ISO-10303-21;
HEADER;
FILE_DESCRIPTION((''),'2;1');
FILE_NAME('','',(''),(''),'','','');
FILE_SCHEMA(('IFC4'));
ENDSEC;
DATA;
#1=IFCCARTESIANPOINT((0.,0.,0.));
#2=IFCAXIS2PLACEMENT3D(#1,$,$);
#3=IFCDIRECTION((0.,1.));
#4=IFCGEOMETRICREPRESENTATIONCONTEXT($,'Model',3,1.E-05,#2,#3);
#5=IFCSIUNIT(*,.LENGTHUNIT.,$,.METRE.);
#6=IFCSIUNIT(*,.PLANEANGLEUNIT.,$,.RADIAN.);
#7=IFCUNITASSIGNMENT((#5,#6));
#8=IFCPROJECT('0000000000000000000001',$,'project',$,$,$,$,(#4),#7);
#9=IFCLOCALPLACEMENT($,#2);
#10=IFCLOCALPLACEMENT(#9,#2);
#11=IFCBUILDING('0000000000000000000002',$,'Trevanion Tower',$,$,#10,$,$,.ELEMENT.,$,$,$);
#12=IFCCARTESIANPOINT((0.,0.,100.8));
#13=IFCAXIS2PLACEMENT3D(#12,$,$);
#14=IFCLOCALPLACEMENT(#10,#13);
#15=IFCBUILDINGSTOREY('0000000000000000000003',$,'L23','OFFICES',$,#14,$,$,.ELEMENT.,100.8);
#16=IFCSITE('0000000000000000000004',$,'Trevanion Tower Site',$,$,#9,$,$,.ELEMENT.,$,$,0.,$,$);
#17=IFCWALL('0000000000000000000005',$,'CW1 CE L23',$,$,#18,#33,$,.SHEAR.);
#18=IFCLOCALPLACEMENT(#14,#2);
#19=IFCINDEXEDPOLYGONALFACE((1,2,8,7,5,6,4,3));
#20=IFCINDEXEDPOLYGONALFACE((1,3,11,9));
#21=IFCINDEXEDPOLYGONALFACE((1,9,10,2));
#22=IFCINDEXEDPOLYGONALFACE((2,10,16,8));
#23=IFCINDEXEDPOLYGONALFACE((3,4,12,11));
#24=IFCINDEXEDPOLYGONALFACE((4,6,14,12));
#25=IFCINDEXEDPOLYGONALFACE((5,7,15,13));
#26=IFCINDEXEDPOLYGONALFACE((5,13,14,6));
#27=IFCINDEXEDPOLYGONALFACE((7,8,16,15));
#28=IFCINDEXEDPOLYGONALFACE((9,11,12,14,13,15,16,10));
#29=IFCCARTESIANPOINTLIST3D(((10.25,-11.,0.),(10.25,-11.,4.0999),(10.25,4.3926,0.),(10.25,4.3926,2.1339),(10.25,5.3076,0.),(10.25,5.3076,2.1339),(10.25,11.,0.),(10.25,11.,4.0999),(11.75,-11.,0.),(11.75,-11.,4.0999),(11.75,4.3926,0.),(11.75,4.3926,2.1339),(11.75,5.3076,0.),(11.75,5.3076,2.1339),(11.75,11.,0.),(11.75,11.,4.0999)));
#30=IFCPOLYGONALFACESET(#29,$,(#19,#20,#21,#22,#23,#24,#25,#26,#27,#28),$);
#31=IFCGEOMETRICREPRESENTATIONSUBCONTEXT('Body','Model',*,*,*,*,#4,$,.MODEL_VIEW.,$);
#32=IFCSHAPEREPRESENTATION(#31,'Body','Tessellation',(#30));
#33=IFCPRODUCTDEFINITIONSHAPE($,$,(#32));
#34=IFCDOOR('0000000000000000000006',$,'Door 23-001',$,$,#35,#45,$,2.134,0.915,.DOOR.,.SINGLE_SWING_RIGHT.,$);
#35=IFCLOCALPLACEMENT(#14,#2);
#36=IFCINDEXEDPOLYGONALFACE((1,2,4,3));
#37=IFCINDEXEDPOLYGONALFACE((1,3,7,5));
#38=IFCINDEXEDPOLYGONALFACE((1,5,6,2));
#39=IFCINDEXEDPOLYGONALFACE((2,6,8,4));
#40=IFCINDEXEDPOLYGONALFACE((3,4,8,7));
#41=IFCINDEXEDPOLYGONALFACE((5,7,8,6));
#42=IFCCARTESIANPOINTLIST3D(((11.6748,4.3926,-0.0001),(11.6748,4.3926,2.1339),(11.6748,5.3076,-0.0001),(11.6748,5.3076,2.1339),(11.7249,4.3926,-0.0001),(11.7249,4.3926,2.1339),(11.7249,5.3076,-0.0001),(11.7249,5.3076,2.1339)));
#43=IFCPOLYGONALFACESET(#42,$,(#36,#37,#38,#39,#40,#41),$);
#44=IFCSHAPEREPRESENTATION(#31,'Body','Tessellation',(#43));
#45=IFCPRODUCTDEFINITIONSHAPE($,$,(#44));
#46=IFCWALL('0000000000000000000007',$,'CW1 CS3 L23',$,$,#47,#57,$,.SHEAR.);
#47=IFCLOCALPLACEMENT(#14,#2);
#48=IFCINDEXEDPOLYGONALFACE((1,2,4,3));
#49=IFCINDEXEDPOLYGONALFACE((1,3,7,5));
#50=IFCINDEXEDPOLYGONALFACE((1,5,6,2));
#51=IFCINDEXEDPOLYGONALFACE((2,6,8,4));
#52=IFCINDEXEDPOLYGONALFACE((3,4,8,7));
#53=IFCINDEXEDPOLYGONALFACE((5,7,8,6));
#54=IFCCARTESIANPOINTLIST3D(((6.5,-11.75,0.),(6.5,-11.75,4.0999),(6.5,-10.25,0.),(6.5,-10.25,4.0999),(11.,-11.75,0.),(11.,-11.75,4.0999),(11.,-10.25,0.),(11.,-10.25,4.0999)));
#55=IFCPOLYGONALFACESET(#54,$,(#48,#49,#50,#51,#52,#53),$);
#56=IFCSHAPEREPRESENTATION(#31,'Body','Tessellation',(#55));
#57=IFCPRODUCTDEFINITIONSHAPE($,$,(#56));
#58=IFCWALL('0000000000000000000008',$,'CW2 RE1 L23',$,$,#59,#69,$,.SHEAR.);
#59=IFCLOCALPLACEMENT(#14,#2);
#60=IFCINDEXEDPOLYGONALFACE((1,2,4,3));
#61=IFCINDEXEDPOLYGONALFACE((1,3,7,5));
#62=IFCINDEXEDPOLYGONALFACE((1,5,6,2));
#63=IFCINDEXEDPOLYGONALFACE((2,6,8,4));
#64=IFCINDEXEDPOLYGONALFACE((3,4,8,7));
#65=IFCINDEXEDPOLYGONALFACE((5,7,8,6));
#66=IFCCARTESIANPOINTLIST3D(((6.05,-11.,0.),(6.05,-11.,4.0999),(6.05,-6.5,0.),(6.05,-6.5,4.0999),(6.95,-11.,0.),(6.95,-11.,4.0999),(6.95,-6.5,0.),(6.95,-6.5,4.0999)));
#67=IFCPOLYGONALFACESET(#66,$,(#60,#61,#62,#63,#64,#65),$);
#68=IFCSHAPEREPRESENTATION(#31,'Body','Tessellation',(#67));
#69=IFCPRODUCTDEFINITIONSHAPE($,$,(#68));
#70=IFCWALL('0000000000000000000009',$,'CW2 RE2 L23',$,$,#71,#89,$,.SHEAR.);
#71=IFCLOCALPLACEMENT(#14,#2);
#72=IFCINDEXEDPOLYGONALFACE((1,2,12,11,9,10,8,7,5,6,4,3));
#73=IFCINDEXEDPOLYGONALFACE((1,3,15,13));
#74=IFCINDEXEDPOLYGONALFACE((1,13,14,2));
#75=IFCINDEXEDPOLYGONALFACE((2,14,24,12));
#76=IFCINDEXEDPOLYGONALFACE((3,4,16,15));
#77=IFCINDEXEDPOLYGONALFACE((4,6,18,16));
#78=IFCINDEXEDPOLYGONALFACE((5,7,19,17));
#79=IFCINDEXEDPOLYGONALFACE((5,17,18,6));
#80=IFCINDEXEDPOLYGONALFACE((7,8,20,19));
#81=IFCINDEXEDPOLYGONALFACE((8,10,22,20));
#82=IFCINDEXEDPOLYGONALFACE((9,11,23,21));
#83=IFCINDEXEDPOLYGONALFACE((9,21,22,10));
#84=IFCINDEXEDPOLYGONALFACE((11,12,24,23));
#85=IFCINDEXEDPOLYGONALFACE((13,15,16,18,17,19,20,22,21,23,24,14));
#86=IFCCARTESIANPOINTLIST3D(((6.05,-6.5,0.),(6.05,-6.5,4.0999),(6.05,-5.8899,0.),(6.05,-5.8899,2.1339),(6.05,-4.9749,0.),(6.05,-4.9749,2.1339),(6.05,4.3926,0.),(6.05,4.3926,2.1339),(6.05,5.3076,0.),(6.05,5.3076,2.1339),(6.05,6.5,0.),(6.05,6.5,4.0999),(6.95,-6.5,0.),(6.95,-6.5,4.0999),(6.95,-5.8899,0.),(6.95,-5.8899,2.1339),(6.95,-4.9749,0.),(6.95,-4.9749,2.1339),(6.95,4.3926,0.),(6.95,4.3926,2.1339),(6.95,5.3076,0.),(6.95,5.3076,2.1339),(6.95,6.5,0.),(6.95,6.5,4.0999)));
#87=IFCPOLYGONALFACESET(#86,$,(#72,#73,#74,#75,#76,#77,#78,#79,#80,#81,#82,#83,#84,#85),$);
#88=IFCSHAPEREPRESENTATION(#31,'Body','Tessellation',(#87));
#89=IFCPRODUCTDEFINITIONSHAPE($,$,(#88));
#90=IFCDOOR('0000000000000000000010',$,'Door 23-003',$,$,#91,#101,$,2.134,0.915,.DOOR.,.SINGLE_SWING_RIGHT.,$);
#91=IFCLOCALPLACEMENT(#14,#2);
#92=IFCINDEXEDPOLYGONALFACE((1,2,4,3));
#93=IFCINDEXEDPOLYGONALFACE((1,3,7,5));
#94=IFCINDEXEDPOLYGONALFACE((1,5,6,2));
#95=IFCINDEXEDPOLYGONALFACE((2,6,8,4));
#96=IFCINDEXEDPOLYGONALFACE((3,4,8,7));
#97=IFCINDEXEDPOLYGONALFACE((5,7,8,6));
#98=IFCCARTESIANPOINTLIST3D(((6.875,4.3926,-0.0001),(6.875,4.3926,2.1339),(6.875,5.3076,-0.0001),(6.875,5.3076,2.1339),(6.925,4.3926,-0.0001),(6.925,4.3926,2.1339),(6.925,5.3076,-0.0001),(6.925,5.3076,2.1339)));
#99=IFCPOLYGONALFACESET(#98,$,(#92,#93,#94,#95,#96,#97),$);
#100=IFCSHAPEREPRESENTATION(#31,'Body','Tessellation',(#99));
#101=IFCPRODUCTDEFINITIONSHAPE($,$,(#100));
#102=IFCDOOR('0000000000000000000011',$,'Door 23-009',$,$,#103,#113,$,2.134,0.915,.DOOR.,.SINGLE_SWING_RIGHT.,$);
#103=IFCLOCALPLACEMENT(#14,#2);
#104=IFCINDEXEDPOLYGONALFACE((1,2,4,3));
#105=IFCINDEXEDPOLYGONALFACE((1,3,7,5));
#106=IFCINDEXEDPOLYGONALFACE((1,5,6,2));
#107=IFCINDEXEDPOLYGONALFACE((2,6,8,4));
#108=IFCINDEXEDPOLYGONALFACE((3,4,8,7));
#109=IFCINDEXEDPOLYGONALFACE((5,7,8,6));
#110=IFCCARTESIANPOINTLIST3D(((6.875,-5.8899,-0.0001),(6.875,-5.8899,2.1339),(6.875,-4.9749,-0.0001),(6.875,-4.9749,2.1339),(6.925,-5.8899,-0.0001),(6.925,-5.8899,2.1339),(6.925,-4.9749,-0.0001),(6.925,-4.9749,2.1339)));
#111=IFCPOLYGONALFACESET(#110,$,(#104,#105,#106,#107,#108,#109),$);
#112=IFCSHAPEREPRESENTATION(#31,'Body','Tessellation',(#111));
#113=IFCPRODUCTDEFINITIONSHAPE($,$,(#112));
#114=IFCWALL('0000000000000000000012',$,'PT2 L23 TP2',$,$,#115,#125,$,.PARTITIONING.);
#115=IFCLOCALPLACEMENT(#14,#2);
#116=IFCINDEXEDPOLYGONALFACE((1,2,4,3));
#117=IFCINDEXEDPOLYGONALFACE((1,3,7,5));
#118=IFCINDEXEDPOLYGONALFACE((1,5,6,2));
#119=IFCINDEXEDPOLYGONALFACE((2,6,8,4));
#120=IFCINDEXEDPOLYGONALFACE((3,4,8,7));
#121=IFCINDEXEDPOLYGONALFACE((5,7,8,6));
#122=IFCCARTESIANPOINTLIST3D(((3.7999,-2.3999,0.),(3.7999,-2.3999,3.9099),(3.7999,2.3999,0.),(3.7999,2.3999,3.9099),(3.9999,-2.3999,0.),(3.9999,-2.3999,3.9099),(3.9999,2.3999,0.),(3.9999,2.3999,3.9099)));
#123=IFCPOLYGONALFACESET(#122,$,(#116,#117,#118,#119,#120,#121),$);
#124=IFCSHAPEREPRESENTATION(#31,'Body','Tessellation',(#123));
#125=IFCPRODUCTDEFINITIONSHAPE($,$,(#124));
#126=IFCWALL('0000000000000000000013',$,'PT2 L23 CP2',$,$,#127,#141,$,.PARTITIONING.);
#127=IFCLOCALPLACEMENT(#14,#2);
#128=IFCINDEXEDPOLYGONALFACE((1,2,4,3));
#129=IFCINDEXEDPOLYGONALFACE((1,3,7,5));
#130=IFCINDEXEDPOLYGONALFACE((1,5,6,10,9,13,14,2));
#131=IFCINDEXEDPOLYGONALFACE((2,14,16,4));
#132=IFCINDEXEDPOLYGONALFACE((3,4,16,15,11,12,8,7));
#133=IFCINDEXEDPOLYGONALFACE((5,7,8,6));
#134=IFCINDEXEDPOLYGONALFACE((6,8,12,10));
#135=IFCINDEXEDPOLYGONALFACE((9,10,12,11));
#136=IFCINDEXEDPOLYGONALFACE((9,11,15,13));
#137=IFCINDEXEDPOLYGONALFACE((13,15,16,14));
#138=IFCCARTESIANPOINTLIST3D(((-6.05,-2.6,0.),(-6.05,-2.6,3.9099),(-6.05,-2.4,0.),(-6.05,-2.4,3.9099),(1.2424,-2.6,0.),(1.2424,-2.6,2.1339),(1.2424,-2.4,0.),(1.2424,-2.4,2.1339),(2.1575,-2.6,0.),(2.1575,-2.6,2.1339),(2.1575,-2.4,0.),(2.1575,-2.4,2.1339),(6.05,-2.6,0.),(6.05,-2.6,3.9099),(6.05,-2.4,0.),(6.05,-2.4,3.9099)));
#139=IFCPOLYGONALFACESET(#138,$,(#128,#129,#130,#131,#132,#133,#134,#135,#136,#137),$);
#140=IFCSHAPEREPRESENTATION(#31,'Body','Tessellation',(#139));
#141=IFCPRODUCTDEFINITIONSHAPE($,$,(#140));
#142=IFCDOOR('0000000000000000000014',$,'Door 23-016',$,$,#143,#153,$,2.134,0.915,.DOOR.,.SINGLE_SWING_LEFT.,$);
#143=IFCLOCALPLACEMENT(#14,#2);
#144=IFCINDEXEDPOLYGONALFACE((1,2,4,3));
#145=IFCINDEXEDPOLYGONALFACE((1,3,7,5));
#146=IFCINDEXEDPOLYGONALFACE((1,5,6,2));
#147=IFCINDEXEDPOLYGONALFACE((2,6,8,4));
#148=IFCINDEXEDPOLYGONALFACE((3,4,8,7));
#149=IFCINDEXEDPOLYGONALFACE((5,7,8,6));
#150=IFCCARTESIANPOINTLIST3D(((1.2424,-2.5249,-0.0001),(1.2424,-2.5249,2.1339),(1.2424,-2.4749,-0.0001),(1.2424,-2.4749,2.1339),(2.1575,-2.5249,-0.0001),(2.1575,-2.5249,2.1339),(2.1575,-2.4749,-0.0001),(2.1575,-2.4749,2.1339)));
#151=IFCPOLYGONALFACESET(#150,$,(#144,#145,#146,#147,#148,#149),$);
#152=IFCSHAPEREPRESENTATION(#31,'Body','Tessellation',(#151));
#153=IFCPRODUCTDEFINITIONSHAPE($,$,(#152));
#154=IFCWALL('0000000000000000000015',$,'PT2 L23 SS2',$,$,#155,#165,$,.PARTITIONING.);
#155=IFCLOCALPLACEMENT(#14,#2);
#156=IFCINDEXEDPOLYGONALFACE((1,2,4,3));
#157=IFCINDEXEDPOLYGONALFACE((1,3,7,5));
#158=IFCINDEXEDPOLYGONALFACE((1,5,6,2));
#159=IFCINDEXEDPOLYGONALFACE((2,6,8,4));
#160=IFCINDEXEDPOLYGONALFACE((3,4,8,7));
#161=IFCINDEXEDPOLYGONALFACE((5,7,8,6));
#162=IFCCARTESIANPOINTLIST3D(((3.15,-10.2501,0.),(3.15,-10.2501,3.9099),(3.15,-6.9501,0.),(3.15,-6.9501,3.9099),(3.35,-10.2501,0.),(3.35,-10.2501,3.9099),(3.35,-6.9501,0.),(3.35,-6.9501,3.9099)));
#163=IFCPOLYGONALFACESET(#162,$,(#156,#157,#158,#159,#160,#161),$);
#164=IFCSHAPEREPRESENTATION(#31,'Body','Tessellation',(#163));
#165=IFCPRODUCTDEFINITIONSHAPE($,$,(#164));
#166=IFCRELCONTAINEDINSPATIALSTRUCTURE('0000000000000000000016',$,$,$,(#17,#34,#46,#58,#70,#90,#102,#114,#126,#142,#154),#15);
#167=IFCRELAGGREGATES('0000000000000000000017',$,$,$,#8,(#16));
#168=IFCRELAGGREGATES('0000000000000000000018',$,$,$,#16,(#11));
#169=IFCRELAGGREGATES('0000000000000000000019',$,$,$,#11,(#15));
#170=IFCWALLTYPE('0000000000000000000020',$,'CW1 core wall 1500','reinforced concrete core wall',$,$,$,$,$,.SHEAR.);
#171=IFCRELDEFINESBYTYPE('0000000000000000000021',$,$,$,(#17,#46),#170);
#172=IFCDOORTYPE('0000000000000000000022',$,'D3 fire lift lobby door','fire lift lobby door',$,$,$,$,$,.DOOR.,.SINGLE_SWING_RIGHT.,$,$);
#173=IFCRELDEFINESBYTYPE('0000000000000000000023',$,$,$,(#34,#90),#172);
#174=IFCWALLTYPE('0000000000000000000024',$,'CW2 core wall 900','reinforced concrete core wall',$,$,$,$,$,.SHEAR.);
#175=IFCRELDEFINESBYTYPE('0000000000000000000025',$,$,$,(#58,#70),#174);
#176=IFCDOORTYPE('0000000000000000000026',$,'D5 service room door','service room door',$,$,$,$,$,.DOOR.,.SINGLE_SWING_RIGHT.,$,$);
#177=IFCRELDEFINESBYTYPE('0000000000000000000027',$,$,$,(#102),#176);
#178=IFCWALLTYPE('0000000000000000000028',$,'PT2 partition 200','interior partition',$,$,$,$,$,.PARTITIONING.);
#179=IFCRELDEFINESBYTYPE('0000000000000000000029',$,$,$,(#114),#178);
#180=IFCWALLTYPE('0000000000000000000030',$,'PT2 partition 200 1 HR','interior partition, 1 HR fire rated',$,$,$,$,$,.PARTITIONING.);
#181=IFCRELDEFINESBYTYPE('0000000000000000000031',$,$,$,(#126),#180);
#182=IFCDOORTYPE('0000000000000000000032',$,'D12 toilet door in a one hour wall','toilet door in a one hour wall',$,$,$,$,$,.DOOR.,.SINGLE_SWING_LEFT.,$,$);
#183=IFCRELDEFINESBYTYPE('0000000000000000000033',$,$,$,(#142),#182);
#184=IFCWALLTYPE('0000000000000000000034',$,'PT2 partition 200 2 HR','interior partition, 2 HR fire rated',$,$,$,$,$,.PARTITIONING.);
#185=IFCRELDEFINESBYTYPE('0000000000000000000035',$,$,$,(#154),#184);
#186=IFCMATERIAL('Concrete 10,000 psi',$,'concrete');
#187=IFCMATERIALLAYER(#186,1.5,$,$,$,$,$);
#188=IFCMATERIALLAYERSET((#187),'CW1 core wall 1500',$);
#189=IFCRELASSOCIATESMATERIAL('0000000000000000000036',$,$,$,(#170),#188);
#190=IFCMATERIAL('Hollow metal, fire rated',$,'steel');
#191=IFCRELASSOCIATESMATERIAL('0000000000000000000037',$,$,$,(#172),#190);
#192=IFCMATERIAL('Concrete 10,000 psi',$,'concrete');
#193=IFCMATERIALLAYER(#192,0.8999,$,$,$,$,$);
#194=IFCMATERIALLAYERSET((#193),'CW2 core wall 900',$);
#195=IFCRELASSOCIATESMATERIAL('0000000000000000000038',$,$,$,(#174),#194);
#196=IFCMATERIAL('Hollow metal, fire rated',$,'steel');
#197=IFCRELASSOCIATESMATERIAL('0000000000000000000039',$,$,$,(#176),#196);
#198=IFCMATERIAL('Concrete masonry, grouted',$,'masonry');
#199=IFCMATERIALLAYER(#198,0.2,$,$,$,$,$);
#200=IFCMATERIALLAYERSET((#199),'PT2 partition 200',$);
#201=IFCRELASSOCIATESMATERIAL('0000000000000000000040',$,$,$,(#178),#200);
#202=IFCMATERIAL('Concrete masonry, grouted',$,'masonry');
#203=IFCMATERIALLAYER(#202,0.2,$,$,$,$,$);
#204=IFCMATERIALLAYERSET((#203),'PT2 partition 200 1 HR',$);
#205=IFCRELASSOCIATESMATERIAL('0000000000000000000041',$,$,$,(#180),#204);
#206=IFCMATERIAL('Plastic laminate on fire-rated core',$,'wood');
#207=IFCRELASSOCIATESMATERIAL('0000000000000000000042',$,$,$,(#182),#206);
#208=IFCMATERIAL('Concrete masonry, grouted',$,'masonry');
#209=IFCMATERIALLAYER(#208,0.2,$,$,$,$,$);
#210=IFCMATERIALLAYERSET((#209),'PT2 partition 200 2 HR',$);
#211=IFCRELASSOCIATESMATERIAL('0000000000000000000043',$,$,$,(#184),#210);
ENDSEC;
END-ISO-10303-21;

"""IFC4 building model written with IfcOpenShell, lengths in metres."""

from ifc_helpers import new_model, si_unit, direction, frame, frame_2d, origin, place, context, subcontext, project, spatial, rectangle, extrude, material, layer, layer_set, type_object, element, fill, save


model = new_model("IFC4")

# Units and contexts
model_context = context("Model", 3, precision=1e-05, world=origin(), true_north=direction((0.0, 1.0)))
body_context = subcontext(model_context, "Body", "Model", "MODEL_VIEW")
ifc_project = project(units=[si_unit("LENGTHUNIT", "METRE"), si_unit("PLANEANGLEUNIT", "RADIAN")], contexts=[model_context])

# Site, building, storey
site_placement = place(None, origin())
site = spatial("IfcSite", under=ifc_project, at=site_placement, Name="Trevanion Tower Site", CompositionType="ELEMENT", RefElevation=0.0)
building_placement = place(site_placement, origin())
building = spatial("IfcBuilding", under=site, at=building_placement, Name="Trevanion Tower", CompositionType="ELEMENT")
storey_placement = place(building_placement, frame((0.0, 0.0, 100.8)))
storey = spatial("IfcBuildingStorey", under=building, at=storey_placement, Name="L23", Description="OFFICES", CompositionType="ELEMENT", Elevation=100.8)

# Wall, opening, door
ifc_material_1 = material(Name="Concrete 10,000 psi", Category="concrete")
ifc_layer_1 = layer(ifc_material_1, 1.5)
ifc_layer_set_1 = layer_set([ifc_layer_1], Name="CW1 core wall 1500")
wall_type_1 = type_object("IfcWallType", Name="CW1 core wall 1500", Description="reinforced concrete core wall", PredefinedType="SHEAR", material=ifc_layer_set_1)
wall_1_placement = place(storey_placement, frame((11.0, -11.0, 0.0), z_axis=(0.0, 0.0, 1.0), x_axis=(0.0, 1.0, 0.0)))
wall_1 = element("IfcWall", 1, at=wall_1_placement, inside=storey, type_object=wall_type_1, Name="CW1 CE L23", PredefinedType="SHEAR", context=body_context, shape_type="SweptSolid", body=[
    extrude(rectangle(XDim=22.0, YDim=1.5, at=frame_2d((11.0, 0.0))), origin(), (0.0, 0.0, 1.0), 4.0999),
])
opening_1_placement = place(wall_1_placement, frame((15.3926, 0.0, 0.0)))
opening_1 = element("IfcOpeningElement", 2, at=opening_1_placement, cuts=wall_1, PredefinedType="OPENING", context=body_context, shape_type="SweptSolid", body=[
    extrude(rectangle(XDim=0.915, YDim=2.134, at=frame_2d((0.4575, 1.0669))), frame((0.0, 0.76, 0.0), z_axis=(0.0, -1.0, 0.0), x_axis=(1.0, 0.0, 0.0)), (0.0, 0.0, 1.0), 1.52),
])
ifc_material_2 = material(Name="Hollow metal, fire rated", Category="steel")
door_type_1 = type_object("IfcDoorType", Name="D3 fire lift lobby door", Description="fire lift lobby door", OperationType="SINGLE_SWING_RIGHT", PredefinedType="DOOR", material=ifc_material_2)
door_1_placement = place(opening_1_placement, origin())
door_1 = element("IfcDoor", 3, at=door_1_placement, inside=storey, type_object=door_type_1, Name="Door 23-001", OperationType="SINGLE_SWING_RIGHT", OverallHeight=2.134, OverallWidth=0.915, PredefinedType="DOOR", context=body_context, shape_type="SweptSolid", body=[
    extrude(rectangle(XDim=0.915, YDim=2.134, at=frame_2d((0.4575, 1.0669))), frame((0.0, -0.6748, 0.0), z_axis=(0.0, -1.0, 0.0), x_axis=(1.0, 0.0, 0.0)), (0.0, 0.0, 1.0), 0.05),
])
fill(opening_1, door_1)

# Walls
wall_2_placement = place(storey_placement, frame((6.5, -11.0, 0.0), z_axis=(0.0, 0.0, 1.0), x_axis=(1.0, 0.0, 0.0)))
element("IfcWall", 4, at=wall_2_placement, inside=storey, type_object=wall_type_1, Name="CW1 CS3 L23", PredefinedType="SHEAR", context=body_context, shape_type="SweptSolid", body=[
    extrude(rectangle(XDim=4.5, YDim=1.5, at=frame_2d((2.25, 0.0))), origin(), (0.0, 0.0, 1.0), 4.0999),
])
ifc_material_3 = material(Name="Concrete 10,000 psi", Category="concrete")
ifc_layer_2 = layer(ifc_material_3, 0.8999)
ifc_layer_set_2 = layer_set([ifc_layer_2], Name="CW2 core wall 900")
wall_type_2 = type_object("IfcWallType", Name="CW2 core wall 900", Description="reinforced concrete core wall", PredefinedType="SHEAR", material=ifc_layer_set_2)
wall_3_placement = place(storey_placement, frame((6.5, -11.0, 0.0), z_axis=(0.0, 0.0, 1.0), x_axis=(0.0, 1.0, 0.0)))
element("IfcWall", 5, at=wall_3_placement, inside=storey, type_object=wall_type_2, Name="CW2 RE1 L23", PredefinedType="SHEAR", context=body_context, shape_type="SweptSolid", body=[
    extrude(rectangle(XDim=4.5, YDim=0.8999, at=frame_2d((2.25, 0.0))), origin(), (0.0, 0.0, 1.0), 4.0999),
])

# Wall, openings, doors
wall_4_placement = place(storey_placement, frame((6.5, -6.5, 0.0), z_axis=(0.0, 0.0, 1.0), x_axis=(0.0, 1.0, 0.0)))
wall_4 = element("IfcWall", 6, at=wall_4_placement, inside=storey, type_object=wall_type_2, Name="CW2 RE2 L23", PredefinedType="SHEAR", context=body_context, shape_type="SweptSolid", body=[
    extrude(rectangle(XDim=13.0, YDim=0.8999, at=frame_2d((6.5, 0.0))), origin(), (0.0, 0.0, 1.0), 4.0999),
])
opening_2_placement = place(wall_4_placement, frame((10.8926, 0.0, 0.0)))
opening_2 = element("IfcOpeningElement", 7, at=opening_2_placement, cuts=wall_4, PredefinedType="OPENING", context=body_context, shape_type="SweptSolid", body=[
    extrude(rectangle(XDim=0.915, YDim=2.134, at=frame_2d((0.4575, 1.0669))), frame((0.0, 0.46, 0.0), z_axis=(0.0, -1.0, 0.0), x_axis=(1.0, 0.0, 0.0)), (0.0, 0.0, 1.0), 0.9199),
])
opening_3_placement = place(wall_4_placement, frame((0.6101, 0.0, 0.0)))
opening_3 = element("IfcOpeningElement", 8, at=opening_3_placement, cuts=wall_4, PredefinedType="OPENING", context=body_context, shape_type="SweptSolid", body=[
    extrude(rectangle(XDim=0.915, YDim=2.134, at=frame_2d((0.4575, 1.0669))), frame((0.0, 0.46, 0.0), z_axis=(0.0, -1.0, 0.0), x_axis=(1.0, 0.0, 0.0)), (0.0, 0.0, 1.0), 0.9199),
])
door_2_placement = place(opening_2_placement, origin())
door_2 = element("IfcDoor", 9, at=door_2_placement, inside=storey, type_object=door_type_1, Name="Door 23-003", OperationType="SINGLE_SWING_RIGHT", OverallHeight=2.134, OverallWidth=0.915, PredefinedType="DOOR", context=body_context, shape_type="SweptSolid", body=[
    extrude(rectangle(XDim=0.915, YDim=2.134, at=frame_2d((0.4575, 1.0669))), frame((0.0, -0.375, 0.0), z_axis=(0.0, -1.0, 0.0), x_axis=(1.0, 0.0, 0.0)), (0.0, 0.0, 1.0), 0.05),
])
fill(opening_2, door_2)
ifc_material_4 = material(Name="Hollow metal, fire rated", Category="steel")
door_type_2 = type_object("IfcDoorType", Name="D5 service room door", Description="service room door", OperationType="SINGLE_SWING_RIGHT", PredefinedType="DOOR", material=ifc_material_4)
door_3_placement = place(opening_3_placement, origin())
door_3 = element("IfcDoor", 10, at=door_3_placement, inside=storey, type_object=door_type_2, Name="Door 23-009", OperationType="SINGLE_SWING_RIGHT", OverallHeight=2.134, OverallWidth=0.915, PredefinedType="DOOR", context=body_context, shape_type="SweptSolid", body=[
    extrude(rectangle(XDim=0.915, YDim=2.134, at=frame_2d((0.4575, 1.0669))), frame((0.0, -0.375, 0.0), z_axis=(0.0, -1.0, 0.0), x_axis=(1.0, 0.0, 0.0)), (0.0, 0.0, 1.0), 0.05),
])
fill(opening_3, door_3)

# Wall
ifc_material_5 = material(Name="Concrete masonry, grouted", Category="masonry")
ifc_layer_3 = layer(ifc_material_5, 0.2)
ifc_layer_set_3 = layer_set([ifc_layer_3], Name="PT2 partition 200")
wall_type_3 = type_object("IfcWallType", Name="PT2 partition 200", Description="interior partition", PredefinedType="PARTITIONING", material=ifc_layer_set_3)
wall_5_placement = place(storey_placement, frame((3.8999, -2.3999, 0.0), z_axis=(0.0, 0.0, 1.0), x_axis=(0.0, 1.0, 0.0)))
element("IfcWall", 11, at=wall_5_placement, inside=storey, type_object=wall_type_3, Name="PT2 L23 TP2", PredefinedType="PARTITIONING", context=body_context, shape_type="SweptSolid", body=[
    extrude(rectangle(XDim=4.7998, YDim=0.2, at=frame_2d((2.3999, 0.0))), origin(), (0.0, 0.0, 1.0), 3.9099),
])

# Wall, opening, door
ifc_material_6 = material(Name="Concrete masonry, grouted", Category="masonry")
ifc_layer_4 = layer(ifc_material_6, 0.2)
ifc_layer_set_4 = layer_set([ifc_layer_4], Name="PT2 partition 200 1 HR")
wall_type_4 = type_object("IfcWallType", Name="PT2 partition 200 1 HR", Description="interior partition, 1 HR fire rated", PredefinedType="PARTITIONING", material=ifc_layer_set_4)
wall_6_placement = place(storey_placement, frame((6.05, -2.5, 0.0), z_axis=(0.0, 0.0, 1.0), x_axis=(-1.0, 0.0, 0.0)))
wall_6 = element("IfcWall", 12, at=wall_6_placement, inside=storey, type_object=wall_type_4, Name="PT2 L23 CP2", PredefinedType="PARTITIONING", context=body_context, shape_type="SweptSolid", body=[
    extrude(rectangle(XDim=12.1001, YDim=0.2, at=frame_2d((6.05, 0.0))), origin(), (0.0, 0.0, 1.0), 3.9099),
])
opening_4_placement = place(wall_6_placement, frame((3.8926, 0.0, 0.0)))
opening_4 = element("IfcOpeningElement", 13, at=opening_4_placement, cuts=wall_6, PredefinedType="OPENING", context=body_context, shape_type="SweptSolid", body=[
    extrude(rectangle(XDim=0.915, YDim=2.134, at=frame_2d((0.4575, 1.0669))), frame((0.0, 0.1099, 0.0), z_axis=(0.0, -1.0, 0.0), x_axis=(1.0, 0.0, 0.0)), (0.0, 0.0, 1.0), 0.22),
])
ifc_material_7 = material(Name="Plastic laminate on fire-rated core", Category="wood")
door_type_3 = type_object("IfcDoorType", Name="D12 toilet door in a one hour wall", Description="toilet door in a one hour wall", OperationType="SINGLE_SWING_LEFT", PredefinedType="DOOR", material=ifc_material_7)
door_4_placement = place(opening_4_placement, origin())
door_4 = element("IfcDoor", 14, at=door_4_placement, inside=storey, type_object=door_type_3, Name="Door 23-016", OperationType="SINGLE_SWING_LEFT", OverallHeight=2.134, OverallWidth=0.915, PredefinedType="DOOR", context=body_context, shape_type="SweptSolid", body=[
    extrude(rectangle(XDim=0.915, YDim=2.134, at=frame_2d((0.4575, 1.0669))), frame((0.0, 0.0249, 0.0), z_axis=(0.0, -1.0, 0.0), x_axis=(1.0, 0.0, 0.0)), (0.0, 0.0, 1.0), 0.05),
])
fill(opening_4, door_4)

# Wall
ifc_material_8 = material(Name="Concrete masonry, grouted", Category="masonry")
ifc_layer_5 = layer(ifc_material_8, 0.2)
ifc_layer_set_5 = layer_set([ifc_layer_5], Name="PT2 partition 200 2 HR")
wall_type_5 = type_object("IfcWallType", Name="PT2 partition 200 2 HR", Description="interior partition, 2 HR fire rated", PredefinedType="PARTITIONING", material=ifc_layer_set_5)
wall_7_placement = place(storey_placement, frame((3.25, -10.25, 0.0), z_axis=(0.0, 0.0, 1.0), x_axis=(0.0, 1.0, 0.0)))
element("IfcWall", 15, at=wall_7_placement, inside=storey, type_object=wall_type_5, Name="PT2 L23 SS2", PredefinedType="PARTITIONING", context=body_context, shape_type="SweptSolid", body=[
    extrude(rectangle(XDim=3.3, YDim=0.2, at=frame_2d((1.6499, 0.0))), origin(), (0.0, 0.0, 1.0), 3.9099),
])

save(model, "model.ifc")
